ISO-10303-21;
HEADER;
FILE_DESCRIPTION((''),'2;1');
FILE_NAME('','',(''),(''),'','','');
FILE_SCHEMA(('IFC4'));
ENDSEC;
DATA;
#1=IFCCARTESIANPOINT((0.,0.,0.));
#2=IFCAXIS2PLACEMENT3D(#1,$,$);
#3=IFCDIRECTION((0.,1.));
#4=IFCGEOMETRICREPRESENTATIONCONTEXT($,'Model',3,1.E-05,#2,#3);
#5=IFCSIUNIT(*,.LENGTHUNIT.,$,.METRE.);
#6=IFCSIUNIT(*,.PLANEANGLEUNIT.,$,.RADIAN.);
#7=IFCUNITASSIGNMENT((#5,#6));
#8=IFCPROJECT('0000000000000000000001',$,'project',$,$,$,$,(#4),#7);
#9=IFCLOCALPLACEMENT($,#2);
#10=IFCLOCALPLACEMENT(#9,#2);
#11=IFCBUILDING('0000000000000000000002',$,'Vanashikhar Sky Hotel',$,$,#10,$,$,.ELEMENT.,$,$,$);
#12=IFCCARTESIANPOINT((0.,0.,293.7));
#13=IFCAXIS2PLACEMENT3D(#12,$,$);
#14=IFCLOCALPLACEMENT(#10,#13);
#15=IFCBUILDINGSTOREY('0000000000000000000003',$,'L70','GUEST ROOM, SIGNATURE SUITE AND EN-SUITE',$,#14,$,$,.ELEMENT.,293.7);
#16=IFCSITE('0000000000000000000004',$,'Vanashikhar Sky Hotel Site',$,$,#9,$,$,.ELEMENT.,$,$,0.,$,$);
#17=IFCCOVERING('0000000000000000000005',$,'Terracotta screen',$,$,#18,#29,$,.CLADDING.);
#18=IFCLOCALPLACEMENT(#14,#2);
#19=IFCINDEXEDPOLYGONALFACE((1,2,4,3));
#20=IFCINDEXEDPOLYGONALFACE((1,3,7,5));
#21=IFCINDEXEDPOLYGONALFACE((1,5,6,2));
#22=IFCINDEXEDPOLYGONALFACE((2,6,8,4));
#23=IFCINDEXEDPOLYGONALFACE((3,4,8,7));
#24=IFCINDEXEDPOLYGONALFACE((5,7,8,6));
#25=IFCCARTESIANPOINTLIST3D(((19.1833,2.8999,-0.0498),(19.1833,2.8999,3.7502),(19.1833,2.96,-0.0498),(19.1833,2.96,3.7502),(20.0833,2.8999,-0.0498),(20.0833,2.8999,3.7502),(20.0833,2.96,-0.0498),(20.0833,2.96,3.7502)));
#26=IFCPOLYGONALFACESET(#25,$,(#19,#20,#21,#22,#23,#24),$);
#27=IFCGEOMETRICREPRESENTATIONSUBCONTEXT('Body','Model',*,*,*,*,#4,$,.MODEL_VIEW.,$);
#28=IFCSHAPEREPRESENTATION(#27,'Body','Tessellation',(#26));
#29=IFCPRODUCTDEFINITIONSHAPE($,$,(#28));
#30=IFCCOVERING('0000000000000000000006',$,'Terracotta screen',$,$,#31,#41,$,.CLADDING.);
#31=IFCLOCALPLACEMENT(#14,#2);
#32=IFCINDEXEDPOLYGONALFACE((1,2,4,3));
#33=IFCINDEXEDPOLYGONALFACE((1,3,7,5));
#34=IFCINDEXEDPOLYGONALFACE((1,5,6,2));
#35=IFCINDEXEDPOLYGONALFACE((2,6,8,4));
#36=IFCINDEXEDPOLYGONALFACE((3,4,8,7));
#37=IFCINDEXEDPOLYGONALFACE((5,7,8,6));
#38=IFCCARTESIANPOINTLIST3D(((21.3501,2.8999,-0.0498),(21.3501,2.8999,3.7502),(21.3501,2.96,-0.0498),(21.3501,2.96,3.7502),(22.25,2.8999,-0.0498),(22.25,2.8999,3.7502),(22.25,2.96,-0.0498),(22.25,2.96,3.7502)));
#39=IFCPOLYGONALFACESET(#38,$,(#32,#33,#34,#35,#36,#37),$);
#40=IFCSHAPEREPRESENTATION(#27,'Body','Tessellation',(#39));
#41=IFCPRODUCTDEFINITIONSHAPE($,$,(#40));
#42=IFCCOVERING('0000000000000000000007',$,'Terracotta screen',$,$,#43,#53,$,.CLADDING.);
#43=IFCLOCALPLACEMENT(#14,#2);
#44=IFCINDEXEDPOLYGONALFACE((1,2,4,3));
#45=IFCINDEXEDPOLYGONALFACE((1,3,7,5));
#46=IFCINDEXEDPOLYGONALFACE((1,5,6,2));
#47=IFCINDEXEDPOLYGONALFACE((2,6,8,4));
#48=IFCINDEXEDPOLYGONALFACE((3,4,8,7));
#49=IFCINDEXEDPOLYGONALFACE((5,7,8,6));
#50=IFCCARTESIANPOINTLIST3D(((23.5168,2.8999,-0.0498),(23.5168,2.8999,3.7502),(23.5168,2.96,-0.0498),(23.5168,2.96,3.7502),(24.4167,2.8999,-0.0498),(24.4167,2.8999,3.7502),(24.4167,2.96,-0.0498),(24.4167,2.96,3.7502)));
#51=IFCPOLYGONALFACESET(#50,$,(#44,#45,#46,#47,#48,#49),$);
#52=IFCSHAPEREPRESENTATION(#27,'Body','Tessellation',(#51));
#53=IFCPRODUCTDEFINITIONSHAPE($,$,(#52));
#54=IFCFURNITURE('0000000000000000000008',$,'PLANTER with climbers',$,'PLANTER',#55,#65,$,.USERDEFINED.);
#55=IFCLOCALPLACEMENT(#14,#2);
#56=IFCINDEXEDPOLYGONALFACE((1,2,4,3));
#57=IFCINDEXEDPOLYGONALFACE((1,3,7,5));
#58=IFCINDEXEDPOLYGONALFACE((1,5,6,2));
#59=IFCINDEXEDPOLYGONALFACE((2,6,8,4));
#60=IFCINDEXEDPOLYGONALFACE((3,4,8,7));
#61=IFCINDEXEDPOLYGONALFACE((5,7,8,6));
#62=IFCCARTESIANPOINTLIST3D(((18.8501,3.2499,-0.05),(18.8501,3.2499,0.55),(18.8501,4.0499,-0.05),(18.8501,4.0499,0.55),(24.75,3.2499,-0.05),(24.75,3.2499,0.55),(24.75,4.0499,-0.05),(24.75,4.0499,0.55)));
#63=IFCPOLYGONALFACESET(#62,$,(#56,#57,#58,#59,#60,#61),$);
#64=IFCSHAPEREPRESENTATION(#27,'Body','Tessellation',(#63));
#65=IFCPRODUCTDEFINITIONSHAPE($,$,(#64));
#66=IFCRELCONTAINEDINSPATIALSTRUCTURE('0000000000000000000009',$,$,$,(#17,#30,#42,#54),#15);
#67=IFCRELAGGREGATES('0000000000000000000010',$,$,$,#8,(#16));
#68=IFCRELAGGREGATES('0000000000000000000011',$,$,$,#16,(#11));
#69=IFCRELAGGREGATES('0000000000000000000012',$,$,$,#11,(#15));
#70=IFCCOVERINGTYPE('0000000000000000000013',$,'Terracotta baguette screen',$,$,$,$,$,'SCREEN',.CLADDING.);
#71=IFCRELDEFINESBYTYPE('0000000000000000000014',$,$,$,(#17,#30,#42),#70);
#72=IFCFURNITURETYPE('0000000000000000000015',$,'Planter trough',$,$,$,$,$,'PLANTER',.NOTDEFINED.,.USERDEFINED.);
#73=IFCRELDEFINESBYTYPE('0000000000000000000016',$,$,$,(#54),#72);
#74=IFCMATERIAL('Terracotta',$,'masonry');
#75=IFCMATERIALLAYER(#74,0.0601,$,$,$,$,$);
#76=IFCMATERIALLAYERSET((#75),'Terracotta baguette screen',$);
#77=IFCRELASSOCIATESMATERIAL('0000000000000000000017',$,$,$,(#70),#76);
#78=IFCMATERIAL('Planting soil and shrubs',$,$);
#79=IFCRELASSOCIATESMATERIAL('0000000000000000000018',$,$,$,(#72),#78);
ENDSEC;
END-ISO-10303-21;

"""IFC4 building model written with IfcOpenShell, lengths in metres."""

from ifc_helpers import new_model, si_unit, direction, frame, origin, origin_2d, place, context, subcontext, project, spatial, rectangle, extrude, source, transform, mapped, material, layer, layer_set, type_object, element, save


model = new_model("IFC4")

# Units and contexts
model_context = context("Model", 3, precision=1e-05, world=origin(), true_north=direction((0.0, 1.0)))
body_context = subcontext(model_context, "Body", "Model", "MODEL_VIEW")
ifc_project = project(units=[si_unit("LENGTHUNIT", "METRE"), si_unit("PLANEANGLEUNIT", "RADIAN")], contexts=[model_context])

# Site, building, storey
site_placement = place(None, origin())
site = spatial("IfcSite", under=ifc_project, at=site_placement, Name="Vanashikhar Sky Hotel Site", CompositionType="ELEMENT", RefElevation=0.0)
building_placement = place(site_placement, origin())
building = spatial("IfcBuilding", under=site, at=building_placement, Name="Vanashikhar Sky Hotel", CompositionType="ELEMENT")
storey_placement = place(building_placement, frame((0.0, 0.0, 293.7)))
storey = spatial("IfcBuildingStorey", under=building, at=storey_placement, Name="L70", Description="GUEST ROOM, SIGNATURE SUITE AND EN-SUITE", CompositionType="ELEMENT", Elevation=293.7)

# Coverings
ifc_material_1 = material(Name="Terracotta", Category="masonry")
ifc_layer_1 = layer(ifc_material_1, 0.0601)
ifc_layer_set_1 = layer_set([ifc_layer_1], Name="Terracotta baguette screen")
covering_type = type_object("IfcCoveringType", Name="Terracotta baguette screen", ElementType="SCREEN", PredefinedType="CLADDING", material=ifc_layer_set_1)
shared_shape_1 = source(origin(), body_context, "Body", "SweptSolid", [
    extrude(rectangle(XDim=0.8999, YDim=0.0601, at=origin_2d()), origin(), (0.0, 0.0, 1.0), 3.8),
])
for number, where, z_axis, x_axis, name in (
    (1, (19.6333, 2.9299, -0.0498), (0.0, 0.0, 1.0), (1.0, 0.0, 0.0), "Terracotta screen"),
    (2, (21.8, 2.9299, -0.0498), (0.0, 0.0, 1.0), (1.0, 0.0, 0.0), "Terracotta screen"),
    (3, (23.9668, 2.9299, -0.0498), (0.0, 0.0, 1.0), (1.0, 0.0, 0.0), "Terracotta screen"),
):
    element("IfcCovering", number, at=place(storey_placement, frame(where, z_axis=z_axis, x_axis=x_axis)), inside=storey, type_object=covering_type, Name=name, PredefinedType="CLADDING", context=body_context, shape_type="MappedRepresentation", body=[
        mapped(shared_shape_1, transform((0.0, 0.0, 0.0), scale=1.0)),
    ])

# Furniture
ifc_material_2 = material(Name="Planting soil and shrubs")
furniture_type = type_object("IfcFurnitureType", Name="Planter trough", ElementType="PLANTER", AssemblyPlace="NOTDEFINED", PredefinedType="USERDEFINED", material=ifc_material_2)
shared_shape_2 = source(origin(), body_context, "Body", "SweptSolid", [
    extrude(rectangle(XDim=5.8999, YDim=0.8, at=origin_2d()), origin(), (0.0, 0.0, 1.0), 0.6001),
])
furniture_placement = place(storey_placement, frame((21.8, 3.6499, -0.05), z_axis=(0.0, 0.0, 1.0), x_axis=(1.0, 0.0, 0.0)))
element("IfcFurniture", 4, at=furniture_placement, inside=storey, type_object=furniture_type, Name="PLANTER with climbers", ObjectType="PLANTER", PredefinedType="USERDEFINED", context=body_context, shape_type="MappedRepresentation", body=[
    mapped(shared_shape_2, transform((0.0, 0.0, 0.0), scale=1.0)),
])

save(model, "model.ifc")
